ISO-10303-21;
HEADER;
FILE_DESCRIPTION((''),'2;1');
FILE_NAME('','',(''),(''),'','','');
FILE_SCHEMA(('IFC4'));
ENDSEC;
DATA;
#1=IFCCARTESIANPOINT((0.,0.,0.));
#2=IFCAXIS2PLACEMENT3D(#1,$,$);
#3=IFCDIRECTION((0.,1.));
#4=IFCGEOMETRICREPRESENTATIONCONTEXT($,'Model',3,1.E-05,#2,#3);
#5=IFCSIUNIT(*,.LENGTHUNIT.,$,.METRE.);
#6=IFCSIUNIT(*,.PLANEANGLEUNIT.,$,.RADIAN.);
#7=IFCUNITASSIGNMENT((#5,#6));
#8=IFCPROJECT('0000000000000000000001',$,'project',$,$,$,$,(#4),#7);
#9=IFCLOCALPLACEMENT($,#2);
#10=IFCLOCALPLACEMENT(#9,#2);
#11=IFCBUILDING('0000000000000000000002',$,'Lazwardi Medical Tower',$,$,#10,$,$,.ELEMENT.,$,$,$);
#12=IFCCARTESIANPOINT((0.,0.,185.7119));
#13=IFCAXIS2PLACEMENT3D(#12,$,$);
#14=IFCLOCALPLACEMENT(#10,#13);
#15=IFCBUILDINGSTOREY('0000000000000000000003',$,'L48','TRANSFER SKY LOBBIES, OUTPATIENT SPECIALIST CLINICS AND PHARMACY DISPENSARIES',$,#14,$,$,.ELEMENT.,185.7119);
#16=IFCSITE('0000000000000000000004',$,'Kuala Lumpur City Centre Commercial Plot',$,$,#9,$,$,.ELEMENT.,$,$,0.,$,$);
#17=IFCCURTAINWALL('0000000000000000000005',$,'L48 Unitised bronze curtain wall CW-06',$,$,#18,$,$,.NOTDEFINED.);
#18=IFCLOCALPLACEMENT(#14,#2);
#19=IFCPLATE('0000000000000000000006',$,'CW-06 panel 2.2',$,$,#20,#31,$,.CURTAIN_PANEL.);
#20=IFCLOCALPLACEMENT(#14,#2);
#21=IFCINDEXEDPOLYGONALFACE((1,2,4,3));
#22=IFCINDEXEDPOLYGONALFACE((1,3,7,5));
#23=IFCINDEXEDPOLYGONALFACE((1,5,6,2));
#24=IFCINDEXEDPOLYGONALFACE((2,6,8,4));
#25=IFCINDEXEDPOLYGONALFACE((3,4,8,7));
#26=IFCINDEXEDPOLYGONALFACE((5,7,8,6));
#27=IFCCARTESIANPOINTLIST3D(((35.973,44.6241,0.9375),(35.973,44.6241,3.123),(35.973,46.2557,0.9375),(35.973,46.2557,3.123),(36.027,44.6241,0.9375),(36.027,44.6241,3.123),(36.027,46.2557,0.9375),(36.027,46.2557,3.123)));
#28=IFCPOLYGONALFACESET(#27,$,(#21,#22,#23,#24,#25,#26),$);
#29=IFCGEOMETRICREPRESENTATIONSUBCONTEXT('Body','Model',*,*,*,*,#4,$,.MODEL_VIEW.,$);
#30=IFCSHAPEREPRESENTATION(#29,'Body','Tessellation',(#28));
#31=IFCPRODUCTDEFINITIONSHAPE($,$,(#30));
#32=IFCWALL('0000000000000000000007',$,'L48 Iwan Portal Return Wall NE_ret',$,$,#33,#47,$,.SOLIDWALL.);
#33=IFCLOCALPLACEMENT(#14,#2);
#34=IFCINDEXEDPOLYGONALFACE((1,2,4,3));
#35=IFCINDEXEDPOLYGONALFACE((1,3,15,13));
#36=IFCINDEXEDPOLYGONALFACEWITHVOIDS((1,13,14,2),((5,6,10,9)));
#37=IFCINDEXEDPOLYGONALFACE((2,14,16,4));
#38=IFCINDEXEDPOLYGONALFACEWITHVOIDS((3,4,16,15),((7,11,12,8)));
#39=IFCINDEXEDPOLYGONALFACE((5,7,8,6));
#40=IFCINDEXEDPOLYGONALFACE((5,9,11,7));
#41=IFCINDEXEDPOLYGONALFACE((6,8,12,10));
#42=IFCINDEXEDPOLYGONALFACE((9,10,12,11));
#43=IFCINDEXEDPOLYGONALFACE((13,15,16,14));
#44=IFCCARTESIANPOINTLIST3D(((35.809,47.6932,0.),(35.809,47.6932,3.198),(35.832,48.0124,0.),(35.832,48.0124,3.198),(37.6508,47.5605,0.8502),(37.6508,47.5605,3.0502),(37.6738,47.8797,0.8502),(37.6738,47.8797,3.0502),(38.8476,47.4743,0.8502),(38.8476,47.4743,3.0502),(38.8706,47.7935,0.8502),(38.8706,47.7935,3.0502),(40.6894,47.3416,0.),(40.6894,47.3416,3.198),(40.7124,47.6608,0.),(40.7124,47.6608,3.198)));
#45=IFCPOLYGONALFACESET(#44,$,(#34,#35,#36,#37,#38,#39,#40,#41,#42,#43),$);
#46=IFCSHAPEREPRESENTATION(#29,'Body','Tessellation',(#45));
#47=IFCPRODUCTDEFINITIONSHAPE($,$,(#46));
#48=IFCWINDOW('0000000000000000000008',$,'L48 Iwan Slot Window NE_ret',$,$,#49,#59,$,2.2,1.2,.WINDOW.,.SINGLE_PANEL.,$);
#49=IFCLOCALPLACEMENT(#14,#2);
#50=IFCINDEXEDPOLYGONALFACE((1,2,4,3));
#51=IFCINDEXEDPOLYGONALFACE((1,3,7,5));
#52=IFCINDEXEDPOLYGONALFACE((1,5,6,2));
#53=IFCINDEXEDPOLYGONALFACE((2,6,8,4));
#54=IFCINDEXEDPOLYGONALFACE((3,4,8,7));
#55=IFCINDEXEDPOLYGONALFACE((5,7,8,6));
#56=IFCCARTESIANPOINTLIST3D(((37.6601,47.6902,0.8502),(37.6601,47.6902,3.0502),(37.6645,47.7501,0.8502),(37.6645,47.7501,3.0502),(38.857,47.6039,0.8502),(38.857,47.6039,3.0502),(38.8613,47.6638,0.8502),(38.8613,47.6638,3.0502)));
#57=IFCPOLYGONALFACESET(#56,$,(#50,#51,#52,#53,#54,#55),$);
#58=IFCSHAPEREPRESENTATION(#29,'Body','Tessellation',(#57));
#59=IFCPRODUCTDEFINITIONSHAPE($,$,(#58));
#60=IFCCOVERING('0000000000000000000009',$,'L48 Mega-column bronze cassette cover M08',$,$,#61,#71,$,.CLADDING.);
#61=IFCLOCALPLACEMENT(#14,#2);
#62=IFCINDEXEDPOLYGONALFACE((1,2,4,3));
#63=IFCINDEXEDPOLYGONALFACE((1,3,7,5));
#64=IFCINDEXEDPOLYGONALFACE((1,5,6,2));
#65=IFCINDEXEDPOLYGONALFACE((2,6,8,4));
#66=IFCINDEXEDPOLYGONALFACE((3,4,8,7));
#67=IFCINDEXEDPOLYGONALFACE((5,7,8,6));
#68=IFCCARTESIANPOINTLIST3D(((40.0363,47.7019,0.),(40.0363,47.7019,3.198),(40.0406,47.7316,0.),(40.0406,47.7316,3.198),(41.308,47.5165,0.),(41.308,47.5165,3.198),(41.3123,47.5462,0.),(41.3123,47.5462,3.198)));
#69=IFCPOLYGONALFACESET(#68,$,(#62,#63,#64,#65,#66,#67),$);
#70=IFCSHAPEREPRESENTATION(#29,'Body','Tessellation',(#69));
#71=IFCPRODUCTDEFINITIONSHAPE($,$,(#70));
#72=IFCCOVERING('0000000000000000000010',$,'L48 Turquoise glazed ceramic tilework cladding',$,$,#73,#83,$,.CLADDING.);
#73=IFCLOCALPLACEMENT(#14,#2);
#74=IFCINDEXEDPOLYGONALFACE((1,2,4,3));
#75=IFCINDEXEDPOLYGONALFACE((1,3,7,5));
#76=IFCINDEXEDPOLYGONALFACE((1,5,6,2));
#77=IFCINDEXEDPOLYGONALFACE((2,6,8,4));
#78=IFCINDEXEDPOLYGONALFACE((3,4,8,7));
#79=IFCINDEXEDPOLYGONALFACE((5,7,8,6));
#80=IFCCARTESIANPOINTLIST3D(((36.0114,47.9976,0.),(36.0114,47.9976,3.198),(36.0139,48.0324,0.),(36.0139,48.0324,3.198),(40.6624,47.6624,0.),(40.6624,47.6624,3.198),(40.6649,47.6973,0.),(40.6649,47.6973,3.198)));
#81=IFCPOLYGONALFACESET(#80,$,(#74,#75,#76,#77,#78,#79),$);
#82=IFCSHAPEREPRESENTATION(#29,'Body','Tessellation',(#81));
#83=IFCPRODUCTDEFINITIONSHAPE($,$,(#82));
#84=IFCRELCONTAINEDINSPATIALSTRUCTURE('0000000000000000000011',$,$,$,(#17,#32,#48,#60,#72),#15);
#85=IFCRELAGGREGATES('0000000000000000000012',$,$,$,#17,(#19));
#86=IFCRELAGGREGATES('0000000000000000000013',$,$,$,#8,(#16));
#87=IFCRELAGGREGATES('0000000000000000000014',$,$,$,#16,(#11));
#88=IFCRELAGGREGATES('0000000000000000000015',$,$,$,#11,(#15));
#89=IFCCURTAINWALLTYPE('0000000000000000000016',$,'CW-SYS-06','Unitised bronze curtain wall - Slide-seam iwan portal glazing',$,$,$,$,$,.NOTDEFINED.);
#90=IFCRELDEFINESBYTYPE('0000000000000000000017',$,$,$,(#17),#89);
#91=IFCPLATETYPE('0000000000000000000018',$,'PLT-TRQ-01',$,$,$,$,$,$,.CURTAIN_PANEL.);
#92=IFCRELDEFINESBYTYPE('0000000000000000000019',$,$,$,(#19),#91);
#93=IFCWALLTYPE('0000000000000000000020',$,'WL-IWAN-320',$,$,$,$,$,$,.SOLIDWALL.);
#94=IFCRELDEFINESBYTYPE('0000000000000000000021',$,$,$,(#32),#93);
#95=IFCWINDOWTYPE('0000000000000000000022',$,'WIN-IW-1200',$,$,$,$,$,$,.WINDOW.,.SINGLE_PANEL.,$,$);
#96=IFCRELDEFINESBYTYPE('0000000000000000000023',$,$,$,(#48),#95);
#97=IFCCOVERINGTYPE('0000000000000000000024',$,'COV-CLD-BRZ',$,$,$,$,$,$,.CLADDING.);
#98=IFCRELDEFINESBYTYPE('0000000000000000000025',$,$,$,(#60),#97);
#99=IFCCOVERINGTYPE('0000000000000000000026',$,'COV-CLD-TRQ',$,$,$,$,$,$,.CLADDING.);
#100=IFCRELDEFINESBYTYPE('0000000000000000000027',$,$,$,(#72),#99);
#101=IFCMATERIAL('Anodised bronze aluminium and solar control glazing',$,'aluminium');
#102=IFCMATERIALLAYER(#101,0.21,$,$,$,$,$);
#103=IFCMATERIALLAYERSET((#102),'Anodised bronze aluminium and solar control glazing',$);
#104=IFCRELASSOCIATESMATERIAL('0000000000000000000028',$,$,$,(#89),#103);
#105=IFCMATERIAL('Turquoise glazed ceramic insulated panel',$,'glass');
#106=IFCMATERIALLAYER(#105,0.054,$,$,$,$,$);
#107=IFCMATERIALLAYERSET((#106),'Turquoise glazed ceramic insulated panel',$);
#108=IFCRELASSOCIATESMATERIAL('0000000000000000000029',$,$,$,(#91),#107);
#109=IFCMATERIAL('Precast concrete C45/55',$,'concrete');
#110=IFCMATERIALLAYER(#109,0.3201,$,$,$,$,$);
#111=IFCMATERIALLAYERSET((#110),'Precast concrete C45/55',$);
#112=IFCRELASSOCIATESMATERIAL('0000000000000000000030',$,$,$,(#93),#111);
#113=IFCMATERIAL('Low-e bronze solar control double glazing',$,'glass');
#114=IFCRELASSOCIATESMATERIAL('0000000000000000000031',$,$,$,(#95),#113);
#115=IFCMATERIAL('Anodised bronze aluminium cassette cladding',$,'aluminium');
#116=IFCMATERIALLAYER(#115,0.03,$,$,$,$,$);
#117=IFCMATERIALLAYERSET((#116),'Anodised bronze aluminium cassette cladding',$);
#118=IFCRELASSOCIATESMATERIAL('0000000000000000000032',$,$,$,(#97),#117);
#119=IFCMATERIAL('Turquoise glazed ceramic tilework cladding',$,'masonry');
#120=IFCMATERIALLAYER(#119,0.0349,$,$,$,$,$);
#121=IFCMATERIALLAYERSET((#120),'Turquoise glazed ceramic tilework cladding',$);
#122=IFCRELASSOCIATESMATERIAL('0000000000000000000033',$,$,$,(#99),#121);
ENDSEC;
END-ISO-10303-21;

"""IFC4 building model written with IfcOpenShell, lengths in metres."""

from ifc_helpers import new_model, si_unit, direction, frame, frame_2d, origin, origin_2d, place, context, subcontext, project, spatial, rectangle, extrude, material, layer, layer_set, type_object, element, fill, aggregate, save


model = new_model("IFC4")

# Units and contexts
model_context = context("Model", 3, precision=1e-05, world=origin(), true_north=direction((0.0, 1.0)))
body_context = subcontext(model_context, "Body", "Model", "MODEL_VIEW")
ifc_project = project(units=[si_unit("LENGTHUNIT", "METRE"), si_unit("PLANEANGLEUNIT", "RADIAN")], contexts=[model_context])

# Site, building, storey
site_placement = place(None, origin())
site = spatial("IfcSite", under=ifc_project, at=site_placement, Name="Kuala Lumpur City Centre Commercial Plot", CompositionType="ELEMENT", RefElevation=0.0)
building_placement = place(site_placement, origin())
building = spatial("IfcBuilding", under=site, at=building_placement, Name="Lazwardi Medical Tower", CompositionType="ELEMENT")
storey_placement = place(building_placement, frame((0.0, 0.0, 185.7119)))
storey = spatial("IfcBuildingStorey", under=building, at=storey_placement, Name="L48", Description="TRANSFER SKY LOBBIES, OUTPATIENT SPECIALIST CLINICS AND PHARMACY DISPENSARIES", CompositionType="ELEMENT", Elevation=185.7119)

# Curtain wall
ifc_material_1 = material(Name="Anodised bronze aluminium and solar control glazing", Category="aluminium")
ifc_layer_1 = layer(ifc_material_1, 0.21)
ifc_layer_set_1 = layer_set([ifc_layer_1], Name="Anodised bronze aluminium and solar control glazing")
curtain_wall_type_1 = type_object("IfcCurtainWallType", Name="CW-SYS-06", Description="Unitised bronze curtain wall - Slide-seam iwan portal glazing", PredefinedType="NOTDEFINED", material=ifc_layer_set_1)
curtain_wall_1_placement = place(storey_placement, origin())
curtain_wall_1 = element("IfcCurtainWall", 1, at=curtain_wall_1_placement, inside=storey, type_object=curtain_wall_type_1, Name="L48 Unitised bronze curtain wall CW-06", PredefinedType="NOTDEFINED")

# Plate
ifc_material_2 = material(Name="Low-e bronze solar control double glazing", Category="glass")
ifc_material_3 = material(Name="Turquoise glazed ceramic insulated panel", Category="glass")
ifc_layer_2 = layer(ifc_material_3, 0.054)
ifc_layer_set_2 = layer_set([ifc_layer_2], Name="Turquoise glazed ceramic insulated panel")
plate_type_1 = type_object("IfcPlateType", Name="PLT-TRQ-01", PredefinedType="CURTAIN_PANEL", material=ifc_layer_set_2)
plate_1_placement = place(storey_placement, frame((36.0, 45.4399, 0.9375), z_axis=(0.0, 0.0, 1.0), x_axis=(0.0, -1.0, 0.0)))
plate_1 = element("IfcPlate", 2, at=plate_1_placement, type_object=plate_type_1, Name="CW-06 panel 2.2", PredefinedType="CURTAIN_PANEL", context=body_context, shape_type="SweptSolid", body=[
    extrude(rectangle(XDim=1.6316, YDim=0.054, at=origin_2d()), origin(), (0.0, 0.0, 1.0), 2.1855),
])
aggregate(curtain_wall_1, [plate_1])

# Wall, opening, window
ifc_material_4 = material(Name="Precast concrete C45/55", Category="concrete")
ifc_layer_3 = layer(ifc_material_4, 0.3201)
ifc_layer_set_3 = layer_set([ifc_layer_3], Name="Precast concrete C45/55")
wall_type = type_object("IfcWallType", Name="WL-IWAN-320", PredefinedType="SOLIDWALL", material=ifc_layer_set_3)
wall_placement = place(storey_placement, frame((40.7009, 47.5012, 0.0), z_axis=(0.0, 0.0, 1.0), x_axis=(-0.997415, 0.07185, 0.0)))
wall = element("IfcWall", 3, at=wall_placement, inside=storey, type_object=wall_type, Name="L48 Iwan Portal Return Wall NE_ret", PredefinedType="SOLIDWALL", context=body_context, shape_type="SweptSolid", body=[
    extrude(rectangle(XDim=4.8931, YDim=0.3201, at=frame_2d((2.4465, 0.0))), origin(), (0.0, 0.0, 1.0), 3.198),
])
opening_placement = place(wall_placement, frame((1.8464, 0.0, 0.8501)))
opening = element("IfcOpeningElement", 4, at=opening_placement, cuts=wall, PredefinedType="OPENING", context=body_context, shape_type="SweptSolid", body=[
    extrude(rectangle(XDim=1.2, YDim=2.2, at=frame_2d((0.6001, 1.1001))), frame((0.0, 0.1699, 0.0), z_axis=(0.0, -1.0, 0.0), x_axis=(1.0, 0.0, 0.0)), (0.0, 0.0, 1.0), 0.3401),
])
window_type = type_object("IfcWindowType", Name="WIN-IW-1200", PartitioningType="SINGLE_PANEL", PredefinedType="WINDOW", material=ifc_material_2)
window_placement = place(opening_placement, origin())
window = element("IfcWindow", 5, at=window_placement, inside=storey, type_object=window_type, Name="L48 Iwan Slot Window NE_ret", OverallHeight=2.2, OverallWidth=1.2, PartitioningType="SINGLE_PANEL", PredefinedType="WINDOW", context=body_context, shape_type="SweptSolid", body=[
    extrude(rectangle(XDim=1.2, YDim=2.2, at=frame_2d((0.6001, 1.1001))), frame((0.0, 0.03, 0.0), z_axis=(0.0, -1.0, 0.0), x_axis=(1.0, 0.0, 0.0)), (0.0, 0.0, 1.0), 0.0601),
])
fill(opening, window)

# Coverings
ifc_material_5 = material(Name="Anodised bronze aluminium cassette cladding", Category="aluminium")
ifc_layer_4 = layer(ifc_material_5, 0.03)
ifc_layer_set_4 = layer_set([ifc_layer_4], Name="Anodised bronze aluminium cassette cladding")
covering_type_1 = type_object("IfcCoveringType", Name="COV-CLD-BRZ", PredefinedType="CLADDING", material=ifc_layer_set_4)
covering_1_placement = place(storey_placement, frame((40.6743, 47.624, 0.0), z_axis=(0.0, 0.0, 1.0), x_axis=(-0.989539, 0.144265, 0.0)))
element("IfcCovering", 6, at=covering_1_placement, inside=storey, type_object=covering_type_1, Name="L48 Mega-column bronze cassette cover M08", PredefinedType="CLADDING", context=body_context, shape_type="SweptSolid", body=[
    extrude(rectangle(XDim=1.2852, YDim=0.03, at=origin_2d()), origin(), (0.0, 0.0, 1.0), 3.198),
])
ifc_material_6 = material(Name="Turquoise glazed ceramic tilework cladding", Category="masonry")
ifc_layer_5 = layer(ifc_material_6, 0.0349)
ifc_layer_set_5 = layer_set([ifc_layer_5], Name="Turquoise glazed ceramic tilework cladding")
covering_type_2 = type_object("IfcCoveringType", Name="COV-CLD-TRQ", PredefinedType="CLADDING", material=ifc_layer_set_5)
covering_2_placement = place(storey_placement, frame((38.3381, 47.8474, 0.0), z_axis=(0.0, 0.0, 1.0), x_axis=(-0.997415, 0.071863, 0.0)))
element("IfcCovering", 7, at=covering_2_placement, inside=storey, type_object=covering_type_2, Name="L48 Turquoise glazed ceramic tilework cladding", PredefinedType="CLADDING", context=body_context, shape_type="SweptSolid", body=[
    extrude(rectangle(XDim=4.6631, YDim=0.0349, at=origin_2d()), origin(), (0.0, 0.0, 1.0), 3.198),
])

save(model, "model.ifc")
